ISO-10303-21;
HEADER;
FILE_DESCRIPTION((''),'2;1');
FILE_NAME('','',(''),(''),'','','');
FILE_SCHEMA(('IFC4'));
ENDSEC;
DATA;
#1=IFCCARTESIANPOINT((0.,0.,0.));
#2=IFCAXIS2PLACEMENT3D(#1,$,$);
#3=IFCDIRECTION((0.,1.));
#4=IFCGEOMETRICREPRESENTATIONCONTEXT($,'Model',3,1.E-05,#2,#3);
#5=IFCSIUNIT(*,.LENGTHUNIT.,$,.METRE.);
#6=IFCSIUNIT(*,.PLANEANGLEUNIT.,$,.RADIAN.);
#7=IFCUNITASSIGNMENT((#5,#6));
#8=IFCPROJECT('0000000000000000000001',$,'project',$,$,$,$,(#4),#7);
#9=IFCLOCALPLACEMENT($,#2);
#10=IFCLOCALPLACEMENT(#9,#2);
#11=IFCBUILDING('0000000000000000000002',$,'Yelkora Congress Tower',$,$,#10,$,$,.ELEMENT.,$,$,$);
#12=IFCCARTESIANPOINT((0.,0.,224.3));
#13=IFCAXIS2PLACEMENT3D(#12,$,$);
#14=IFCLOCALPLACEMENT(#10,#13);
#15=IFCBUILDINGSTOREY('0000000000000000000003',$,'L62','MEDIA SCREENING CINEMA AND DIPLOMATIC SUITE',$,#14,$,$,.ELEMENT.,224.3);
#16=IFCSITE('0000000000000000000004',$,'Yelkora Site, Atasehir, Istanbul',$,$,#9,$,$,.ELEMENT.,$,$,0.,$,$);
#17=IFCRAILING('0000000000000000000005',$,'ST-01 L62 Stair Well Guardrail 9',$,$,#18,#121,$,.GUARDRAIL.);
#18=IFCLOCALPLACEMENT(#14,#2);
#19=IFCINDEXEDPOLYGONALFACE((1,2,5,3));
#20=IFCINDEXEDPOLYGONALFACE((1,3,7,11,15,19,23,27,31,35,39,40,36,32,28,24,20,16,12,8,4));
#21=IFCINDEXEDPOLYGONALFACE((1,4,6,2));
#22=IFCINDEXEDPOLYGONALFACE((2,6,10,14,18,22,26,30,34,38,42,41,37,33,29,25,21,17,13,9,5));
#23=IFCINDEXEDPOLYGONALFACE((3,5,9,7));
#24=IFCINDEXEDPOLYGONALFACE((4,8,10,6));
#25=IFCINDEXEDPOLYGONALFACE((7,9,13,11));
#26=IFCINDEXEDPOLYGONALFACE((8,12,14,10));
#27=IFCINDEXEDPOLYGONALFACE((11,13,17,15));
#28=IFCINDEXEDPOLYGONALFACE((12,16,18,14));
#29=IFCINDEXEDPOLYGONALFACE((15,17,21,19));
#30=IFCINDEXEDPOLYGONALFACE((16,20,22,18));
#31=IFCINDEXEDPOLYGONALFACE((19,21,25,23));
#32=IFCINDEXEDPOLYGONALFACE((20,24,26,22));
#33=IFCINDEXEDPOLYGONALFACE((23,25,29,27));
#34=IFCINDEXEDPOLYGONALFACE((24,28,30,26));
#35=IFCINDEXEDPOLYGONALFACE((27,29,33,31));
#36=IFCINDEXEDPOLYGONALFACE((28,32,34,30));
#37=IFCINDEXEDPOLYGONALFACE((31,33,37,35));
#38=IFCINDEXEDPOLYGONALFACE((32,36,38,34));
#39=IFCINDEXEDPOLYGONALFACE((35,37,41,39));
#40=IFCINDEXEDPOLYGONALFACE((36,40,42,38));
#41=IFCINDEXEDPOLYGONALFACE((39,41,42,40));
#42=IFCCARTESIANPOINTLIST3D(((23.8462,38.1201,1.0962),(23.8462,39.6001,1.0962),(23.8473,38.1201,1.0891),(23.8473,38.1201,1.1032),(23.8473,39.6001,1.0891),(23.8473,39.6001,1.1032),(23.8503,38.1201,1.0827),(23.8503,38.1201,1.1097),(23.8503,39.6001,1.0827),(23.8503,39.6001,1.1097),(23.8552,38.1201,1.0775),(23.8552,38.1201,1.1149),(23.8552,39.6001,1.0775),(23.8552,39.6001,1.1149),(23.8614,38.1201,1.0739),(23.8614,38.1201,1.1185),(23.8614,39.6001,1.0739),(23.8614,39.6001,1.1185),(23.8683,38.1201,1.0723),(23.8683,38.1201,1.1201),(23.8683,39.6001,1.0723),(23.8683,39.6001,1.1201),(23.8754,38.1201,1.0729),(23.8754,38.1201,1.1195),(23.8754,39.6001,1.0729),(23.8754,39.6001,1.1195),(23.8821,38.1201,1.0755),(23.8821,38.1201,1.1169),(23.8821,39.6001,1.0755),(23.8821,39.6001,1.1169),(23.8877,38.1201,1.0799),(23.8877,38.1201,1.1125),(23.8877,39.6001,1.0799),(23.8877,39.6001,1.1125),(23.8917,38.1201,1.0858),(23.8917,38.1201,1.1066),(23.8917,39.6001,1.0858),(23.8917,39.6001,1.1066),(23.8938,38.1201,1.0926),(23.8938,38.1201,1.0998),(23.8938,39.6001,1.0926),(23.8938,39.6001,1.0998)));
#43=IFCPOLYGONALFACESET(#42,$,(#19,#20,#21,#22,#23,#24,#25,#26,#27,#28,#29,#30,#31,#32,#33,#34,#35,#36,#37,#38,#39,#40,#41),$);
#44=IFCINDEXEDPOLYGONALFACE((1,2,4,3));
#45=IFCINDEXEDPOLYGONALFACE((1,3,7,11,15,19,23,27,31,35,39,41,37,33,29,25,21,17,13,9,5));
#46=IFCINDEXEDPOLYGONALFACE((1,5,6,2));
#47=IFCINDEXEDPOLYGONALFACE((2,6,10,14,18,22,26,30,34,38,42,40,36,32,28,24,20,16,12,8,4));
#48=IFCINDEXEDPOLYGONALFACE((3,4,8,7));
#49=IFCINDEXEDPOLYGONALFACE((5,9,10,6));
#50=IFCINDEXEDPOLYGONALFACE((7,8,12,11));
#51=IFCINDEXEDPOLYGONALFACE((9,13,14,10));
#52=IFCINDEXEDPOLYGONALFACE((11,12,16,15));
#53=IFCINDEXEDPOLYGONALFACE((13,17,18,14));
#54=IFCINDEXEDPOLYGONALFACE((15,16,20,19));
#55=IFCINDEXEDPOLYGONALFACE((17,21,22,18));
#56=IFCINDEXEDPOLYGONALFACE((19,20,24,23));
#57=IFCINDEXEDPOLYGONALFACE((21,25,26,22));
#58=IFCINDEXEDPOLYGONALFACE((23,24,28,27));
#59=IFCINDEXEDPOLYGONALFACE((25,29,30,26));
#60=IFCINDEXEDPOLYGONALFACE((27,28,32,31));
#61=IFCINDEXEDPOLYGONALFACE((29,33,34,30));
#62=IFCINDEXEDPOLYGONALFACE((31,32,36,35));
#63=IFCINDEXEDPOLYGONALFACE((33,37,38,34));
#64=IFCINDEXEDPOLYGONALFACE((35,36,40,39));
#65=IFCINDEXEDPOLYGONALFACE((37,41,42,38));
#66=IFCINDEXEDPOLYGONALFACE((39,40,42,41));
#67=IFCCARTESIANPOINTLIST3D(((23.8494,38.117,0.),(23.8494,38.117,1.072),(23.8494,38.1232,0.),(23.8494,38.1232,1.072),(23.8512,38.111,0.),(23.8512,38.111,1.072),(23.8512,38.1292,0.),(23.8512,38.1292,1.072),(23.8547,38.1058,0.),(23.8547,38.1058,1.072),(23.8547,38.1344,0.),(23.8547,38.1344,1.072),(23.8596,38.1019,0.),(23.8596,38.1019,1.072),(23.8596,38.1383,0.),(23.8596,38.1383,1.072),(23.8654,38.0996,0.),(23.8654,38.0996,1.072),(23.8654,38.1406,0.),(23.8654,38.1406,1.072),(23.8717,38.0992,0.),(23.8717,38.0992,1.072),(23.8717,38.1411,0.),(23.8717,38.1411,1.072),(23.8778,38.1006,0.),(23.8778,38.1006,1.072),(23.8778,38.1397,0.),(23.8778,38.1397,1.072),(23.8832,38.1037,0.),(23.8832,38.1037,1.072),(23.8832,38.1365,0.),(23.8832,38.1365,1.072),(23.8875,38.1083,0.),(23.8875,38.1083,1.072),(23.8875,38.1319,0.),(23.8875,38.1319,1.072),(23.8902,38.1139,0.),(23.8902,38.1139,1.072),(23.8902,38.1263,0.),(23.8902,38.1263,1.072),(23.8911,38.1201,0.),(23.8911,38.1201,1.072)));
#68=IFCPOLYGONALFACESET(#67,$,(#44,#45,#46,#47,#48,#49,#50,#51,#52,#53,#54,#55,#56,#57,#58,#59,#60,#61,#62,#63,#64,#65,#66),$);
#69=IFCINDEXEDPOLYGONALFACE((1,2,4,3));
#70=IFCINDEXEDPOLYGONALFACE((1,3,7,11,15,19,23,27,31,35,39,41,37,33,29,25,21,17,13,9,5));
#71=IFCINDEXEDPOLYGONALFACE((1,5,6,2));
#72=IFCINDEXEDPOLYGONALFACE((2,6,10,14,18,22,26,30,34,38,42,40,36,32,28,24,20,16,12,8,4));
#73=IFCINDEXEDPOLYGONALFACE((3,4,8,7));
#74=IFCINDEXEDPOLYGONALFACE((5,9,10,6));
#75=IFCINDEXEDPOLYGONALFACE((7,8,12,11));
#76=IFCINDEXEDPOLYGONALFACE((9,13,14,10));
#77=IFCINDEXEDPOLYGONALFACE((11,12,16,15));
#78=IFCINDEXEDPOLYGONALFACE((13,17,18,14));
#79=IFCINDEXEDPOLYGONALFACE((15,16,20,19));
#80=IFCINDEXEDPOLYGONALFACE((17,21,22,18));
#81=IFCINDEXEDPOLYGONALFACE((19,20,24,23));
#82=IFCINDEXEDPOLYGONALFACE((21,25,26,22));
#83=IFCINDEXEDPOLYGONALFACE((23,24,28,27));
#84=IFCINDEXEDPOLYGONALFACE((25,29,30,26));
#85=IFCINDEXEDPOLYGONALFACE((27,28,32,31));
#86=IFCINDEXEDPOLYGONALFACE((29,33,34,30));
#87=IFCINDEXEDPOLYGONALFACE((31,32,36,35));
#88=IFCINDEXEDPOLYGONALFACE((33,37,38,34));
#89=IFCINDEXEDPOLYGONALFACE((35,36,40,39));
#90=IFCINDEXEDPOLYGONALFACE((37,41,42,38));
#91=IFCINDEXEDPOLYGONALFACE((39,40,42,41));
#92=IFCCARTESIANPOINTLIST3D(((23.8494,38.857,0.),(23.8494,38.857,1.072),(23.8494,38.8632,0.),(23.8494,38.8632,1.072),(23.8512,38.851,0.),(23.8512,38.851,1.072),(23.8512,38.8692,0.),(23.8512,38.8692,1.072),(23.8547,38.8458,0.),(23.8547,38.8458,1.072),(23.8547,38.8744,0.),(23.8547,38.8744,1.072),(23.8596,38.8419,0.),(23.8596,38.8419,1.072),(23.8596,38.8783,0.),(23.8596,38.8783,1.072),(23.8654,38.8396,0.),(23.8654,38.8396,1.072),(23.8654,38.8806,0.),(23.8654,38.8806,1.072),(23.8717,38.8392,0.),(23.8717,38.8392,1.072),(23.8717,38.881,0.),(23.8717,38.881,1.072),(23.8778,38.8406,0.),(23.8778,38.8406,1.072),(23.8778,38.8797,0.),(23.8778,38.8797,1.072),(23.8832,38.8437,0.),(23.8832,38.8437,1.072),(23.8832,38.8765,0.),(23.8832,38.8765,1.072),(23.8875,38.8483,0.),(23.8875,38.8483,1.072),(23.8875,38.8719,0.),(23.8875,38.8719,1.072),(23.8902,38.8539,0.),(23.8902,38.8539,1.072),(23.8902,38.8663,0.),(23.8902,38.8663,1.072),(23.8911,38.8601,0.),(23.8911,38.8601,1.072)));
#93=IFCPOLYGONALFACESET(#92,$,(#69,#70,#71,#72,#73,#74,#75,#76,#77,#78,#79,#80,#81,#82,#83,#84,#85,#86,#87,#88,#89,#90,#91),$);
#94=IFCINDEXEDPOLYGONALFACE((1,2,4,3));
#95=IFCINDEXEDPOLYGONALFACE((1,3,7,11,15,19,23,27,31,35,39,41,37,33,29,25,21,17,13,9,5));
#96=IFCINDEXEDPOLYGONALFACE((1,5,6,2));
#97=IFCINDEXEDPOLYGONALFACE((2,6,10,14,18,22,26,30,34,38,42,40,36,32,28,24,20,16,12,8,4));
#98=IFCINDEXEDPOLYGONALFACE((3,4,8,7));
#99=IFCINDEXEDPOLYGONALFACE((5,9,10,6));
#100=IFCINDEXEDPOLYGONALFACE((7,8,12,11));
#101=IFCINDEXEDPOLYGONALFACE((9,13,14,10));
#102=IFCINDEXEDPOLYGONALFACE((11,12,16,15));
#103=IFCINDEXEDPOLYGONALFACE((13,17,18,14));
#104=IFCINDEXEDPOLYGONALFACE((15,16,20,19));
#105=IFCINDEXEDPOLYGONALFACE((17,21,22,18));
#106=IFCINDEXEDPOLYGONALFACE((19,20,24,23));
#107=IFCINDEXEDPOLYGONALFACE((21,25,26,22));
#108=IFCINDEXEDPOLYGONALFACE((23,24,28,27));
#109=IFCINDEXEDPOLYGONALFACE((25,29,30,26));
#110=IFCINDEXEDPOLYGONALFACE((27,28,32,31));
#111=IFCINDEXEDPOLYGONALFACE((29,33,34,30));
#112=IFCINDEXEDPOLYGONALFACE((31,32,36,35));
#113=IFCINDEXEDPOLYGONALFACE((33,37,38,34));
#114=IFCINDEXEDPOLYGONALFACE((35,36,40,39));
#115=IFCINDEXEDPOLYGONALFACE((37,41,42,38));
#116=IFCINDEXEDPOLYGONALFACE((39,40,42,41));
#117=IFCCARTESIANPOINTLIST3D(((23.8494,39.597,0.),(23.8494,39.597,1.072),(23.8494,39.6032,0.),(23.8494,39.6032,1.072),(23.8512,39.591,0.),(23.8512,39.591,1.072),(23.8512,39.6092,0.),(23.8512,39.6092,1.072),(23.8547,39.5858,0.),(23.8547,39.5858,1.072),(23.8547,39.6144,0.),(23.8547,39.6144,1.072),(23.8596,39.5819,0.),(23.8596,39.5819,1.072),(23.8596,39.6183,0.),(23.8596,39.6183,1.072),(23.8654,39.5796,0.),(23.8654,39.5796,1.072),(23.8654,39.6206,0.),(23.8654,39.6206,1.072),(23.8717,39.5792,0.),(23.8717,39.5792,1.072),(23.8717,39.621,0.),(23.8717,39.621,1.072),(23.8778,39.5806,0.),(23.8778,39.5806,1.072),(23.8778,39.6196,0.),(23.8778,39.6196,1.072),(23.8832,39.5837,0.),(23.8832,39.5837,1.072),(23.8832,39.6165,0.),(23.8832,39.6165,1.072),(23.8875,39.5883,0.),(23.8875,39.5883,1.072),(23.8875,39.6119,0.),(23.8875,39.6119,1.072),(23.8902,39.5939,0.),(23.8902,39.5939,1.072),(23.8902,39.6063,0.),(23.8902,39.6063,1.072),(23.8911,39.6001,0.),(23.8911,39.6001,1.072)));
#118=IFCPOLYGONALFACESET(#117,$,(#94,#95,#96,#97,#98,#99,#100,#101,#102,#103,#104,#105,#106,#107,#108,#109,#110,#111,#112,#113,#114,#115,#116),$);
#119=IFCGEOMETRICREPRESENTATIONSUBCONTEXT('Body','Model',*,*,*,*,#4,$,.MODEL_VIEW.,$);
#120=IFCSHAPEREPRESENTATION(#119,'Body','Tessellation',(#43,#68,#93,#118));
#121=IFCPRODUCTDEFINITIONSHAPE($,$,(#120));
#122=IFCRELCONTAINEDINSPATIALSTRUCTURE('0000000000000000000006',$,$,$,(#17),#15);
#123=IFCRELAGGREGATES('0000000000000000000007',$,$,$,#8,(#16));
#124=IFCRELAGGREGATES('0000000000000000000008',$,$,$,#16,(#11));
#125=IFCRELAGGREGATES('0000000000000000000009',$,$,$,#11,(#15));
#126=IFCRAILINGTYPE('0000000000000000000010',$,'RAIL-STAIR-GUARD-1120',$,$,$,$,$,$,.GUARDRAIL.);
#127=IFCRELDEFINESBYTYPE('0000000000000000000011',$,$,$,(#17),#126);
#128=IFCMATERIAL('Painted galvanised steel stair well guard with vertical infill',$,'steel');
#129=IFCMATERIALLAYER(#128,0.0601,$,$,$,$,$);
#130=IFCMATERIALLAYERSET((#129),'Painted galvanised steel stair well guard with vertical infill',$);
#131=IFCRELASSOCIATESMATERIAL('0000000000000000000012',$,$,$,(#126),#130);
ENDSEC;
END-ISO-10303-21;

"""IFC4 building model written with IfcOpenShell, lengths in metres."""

from ifc_helpers import new_model, si_unit, direction, frame, origin, origin_2d, place, context, subcontext, project, spatial, circle, extrude, material, layer, layer_set, type_object, element, save


model = new_model("IFC4")

# Units and contexts
model_context = context("Model", 3, precision=1e-05, world=origin(), true_north=direction((0.0, 1.0)))
body_context = subcontext(model_context, "Body", "Model", "MODEL_VIEW")
ifc_project = project(units=[si_unit("LENGTHUNIT", "METRE"), si_unit("PLANEANGLEUNIT", "RADIAN")], contexts=[model_context])

# Site, building, storey
site_placement = place(None, origin())
site = spatial("IfcSite", under=ifc_project, at=site_placement, Name="Yelkora Site, Atasehir, Istanbul", CompositionType="ELEMENT", RefElevation=0.0)
building_placement = place(site_placement, origin())
building = spatial("IfcBuilding", under=site, at=building_placement, Name="Yelkora Congress Tower", CompositionType="ELEMENT")
storey_placement = place(building_placement, frame((0.0, 0.0, 224.3)))
storey = spatial("IfcBuildingStorey", under=building, at=storey_placement, Name="L62", Description="MEDIA SCREENING CINEMA AND DIPLOMATIC SUITE", CompositionType="ELEMENT", Elevation=224.3)

# Railing
ifc_material_1 = material(Name="Painted galvanised steel stair well guard with vertical infill", Category="steel")
ifc_layer_1 = layer(ifc_material_1, 0.0601)
ifc_layer_set_1 = layer_set([ifc_layer_1], Name="Painted galvanised steel stair well guard with vertical infill")
railing_type_1 = type_object("IfcRailingType", Name="RAIL-STAIR-GUARD-1120", PredefinedType="GUARDRAIL", material=ifc_layer_set_1)
railing_1_placement = place(storey_placement, frame((23.8701, 38.1201, 0.0)))
element("IfcRailing", 1, at=railing_1_placement, inside=storey, type_object=railing_type_1, Name="ST-01 L62 Stair Well Guardrail 9", PredefinedType="GUARDRAIL", context=body_context, shape_type="SweptSolid", body=[
    extrude(circle(Radius=0.0239, at=origin_2d()), frame((0.0, 0.0, 1.0962), z_axis=(0.0, 1.0, 0.0), x_axis=(-1.0, 0.0, 0.0)), (0.0, 0.0, 1.0), 1.48),
    extrude(circle(Radius=0.021, at=origin_2d()), origin(), (0.0, 0.0, 1.0), 1.072),
    extrude(circle(Radius=0.021, at=origin_2d()), frame((0.0, 0.74, 0.0)), (0.0, 0.0, 1.0), 1.072),
    extrude(circle(Radius=0.021, at=origin_2d()), frame((0.0, 1.48, 0.0)), (0.0, 0.0, 1.0), 1.072),
])

save(model, "model.ifc")
